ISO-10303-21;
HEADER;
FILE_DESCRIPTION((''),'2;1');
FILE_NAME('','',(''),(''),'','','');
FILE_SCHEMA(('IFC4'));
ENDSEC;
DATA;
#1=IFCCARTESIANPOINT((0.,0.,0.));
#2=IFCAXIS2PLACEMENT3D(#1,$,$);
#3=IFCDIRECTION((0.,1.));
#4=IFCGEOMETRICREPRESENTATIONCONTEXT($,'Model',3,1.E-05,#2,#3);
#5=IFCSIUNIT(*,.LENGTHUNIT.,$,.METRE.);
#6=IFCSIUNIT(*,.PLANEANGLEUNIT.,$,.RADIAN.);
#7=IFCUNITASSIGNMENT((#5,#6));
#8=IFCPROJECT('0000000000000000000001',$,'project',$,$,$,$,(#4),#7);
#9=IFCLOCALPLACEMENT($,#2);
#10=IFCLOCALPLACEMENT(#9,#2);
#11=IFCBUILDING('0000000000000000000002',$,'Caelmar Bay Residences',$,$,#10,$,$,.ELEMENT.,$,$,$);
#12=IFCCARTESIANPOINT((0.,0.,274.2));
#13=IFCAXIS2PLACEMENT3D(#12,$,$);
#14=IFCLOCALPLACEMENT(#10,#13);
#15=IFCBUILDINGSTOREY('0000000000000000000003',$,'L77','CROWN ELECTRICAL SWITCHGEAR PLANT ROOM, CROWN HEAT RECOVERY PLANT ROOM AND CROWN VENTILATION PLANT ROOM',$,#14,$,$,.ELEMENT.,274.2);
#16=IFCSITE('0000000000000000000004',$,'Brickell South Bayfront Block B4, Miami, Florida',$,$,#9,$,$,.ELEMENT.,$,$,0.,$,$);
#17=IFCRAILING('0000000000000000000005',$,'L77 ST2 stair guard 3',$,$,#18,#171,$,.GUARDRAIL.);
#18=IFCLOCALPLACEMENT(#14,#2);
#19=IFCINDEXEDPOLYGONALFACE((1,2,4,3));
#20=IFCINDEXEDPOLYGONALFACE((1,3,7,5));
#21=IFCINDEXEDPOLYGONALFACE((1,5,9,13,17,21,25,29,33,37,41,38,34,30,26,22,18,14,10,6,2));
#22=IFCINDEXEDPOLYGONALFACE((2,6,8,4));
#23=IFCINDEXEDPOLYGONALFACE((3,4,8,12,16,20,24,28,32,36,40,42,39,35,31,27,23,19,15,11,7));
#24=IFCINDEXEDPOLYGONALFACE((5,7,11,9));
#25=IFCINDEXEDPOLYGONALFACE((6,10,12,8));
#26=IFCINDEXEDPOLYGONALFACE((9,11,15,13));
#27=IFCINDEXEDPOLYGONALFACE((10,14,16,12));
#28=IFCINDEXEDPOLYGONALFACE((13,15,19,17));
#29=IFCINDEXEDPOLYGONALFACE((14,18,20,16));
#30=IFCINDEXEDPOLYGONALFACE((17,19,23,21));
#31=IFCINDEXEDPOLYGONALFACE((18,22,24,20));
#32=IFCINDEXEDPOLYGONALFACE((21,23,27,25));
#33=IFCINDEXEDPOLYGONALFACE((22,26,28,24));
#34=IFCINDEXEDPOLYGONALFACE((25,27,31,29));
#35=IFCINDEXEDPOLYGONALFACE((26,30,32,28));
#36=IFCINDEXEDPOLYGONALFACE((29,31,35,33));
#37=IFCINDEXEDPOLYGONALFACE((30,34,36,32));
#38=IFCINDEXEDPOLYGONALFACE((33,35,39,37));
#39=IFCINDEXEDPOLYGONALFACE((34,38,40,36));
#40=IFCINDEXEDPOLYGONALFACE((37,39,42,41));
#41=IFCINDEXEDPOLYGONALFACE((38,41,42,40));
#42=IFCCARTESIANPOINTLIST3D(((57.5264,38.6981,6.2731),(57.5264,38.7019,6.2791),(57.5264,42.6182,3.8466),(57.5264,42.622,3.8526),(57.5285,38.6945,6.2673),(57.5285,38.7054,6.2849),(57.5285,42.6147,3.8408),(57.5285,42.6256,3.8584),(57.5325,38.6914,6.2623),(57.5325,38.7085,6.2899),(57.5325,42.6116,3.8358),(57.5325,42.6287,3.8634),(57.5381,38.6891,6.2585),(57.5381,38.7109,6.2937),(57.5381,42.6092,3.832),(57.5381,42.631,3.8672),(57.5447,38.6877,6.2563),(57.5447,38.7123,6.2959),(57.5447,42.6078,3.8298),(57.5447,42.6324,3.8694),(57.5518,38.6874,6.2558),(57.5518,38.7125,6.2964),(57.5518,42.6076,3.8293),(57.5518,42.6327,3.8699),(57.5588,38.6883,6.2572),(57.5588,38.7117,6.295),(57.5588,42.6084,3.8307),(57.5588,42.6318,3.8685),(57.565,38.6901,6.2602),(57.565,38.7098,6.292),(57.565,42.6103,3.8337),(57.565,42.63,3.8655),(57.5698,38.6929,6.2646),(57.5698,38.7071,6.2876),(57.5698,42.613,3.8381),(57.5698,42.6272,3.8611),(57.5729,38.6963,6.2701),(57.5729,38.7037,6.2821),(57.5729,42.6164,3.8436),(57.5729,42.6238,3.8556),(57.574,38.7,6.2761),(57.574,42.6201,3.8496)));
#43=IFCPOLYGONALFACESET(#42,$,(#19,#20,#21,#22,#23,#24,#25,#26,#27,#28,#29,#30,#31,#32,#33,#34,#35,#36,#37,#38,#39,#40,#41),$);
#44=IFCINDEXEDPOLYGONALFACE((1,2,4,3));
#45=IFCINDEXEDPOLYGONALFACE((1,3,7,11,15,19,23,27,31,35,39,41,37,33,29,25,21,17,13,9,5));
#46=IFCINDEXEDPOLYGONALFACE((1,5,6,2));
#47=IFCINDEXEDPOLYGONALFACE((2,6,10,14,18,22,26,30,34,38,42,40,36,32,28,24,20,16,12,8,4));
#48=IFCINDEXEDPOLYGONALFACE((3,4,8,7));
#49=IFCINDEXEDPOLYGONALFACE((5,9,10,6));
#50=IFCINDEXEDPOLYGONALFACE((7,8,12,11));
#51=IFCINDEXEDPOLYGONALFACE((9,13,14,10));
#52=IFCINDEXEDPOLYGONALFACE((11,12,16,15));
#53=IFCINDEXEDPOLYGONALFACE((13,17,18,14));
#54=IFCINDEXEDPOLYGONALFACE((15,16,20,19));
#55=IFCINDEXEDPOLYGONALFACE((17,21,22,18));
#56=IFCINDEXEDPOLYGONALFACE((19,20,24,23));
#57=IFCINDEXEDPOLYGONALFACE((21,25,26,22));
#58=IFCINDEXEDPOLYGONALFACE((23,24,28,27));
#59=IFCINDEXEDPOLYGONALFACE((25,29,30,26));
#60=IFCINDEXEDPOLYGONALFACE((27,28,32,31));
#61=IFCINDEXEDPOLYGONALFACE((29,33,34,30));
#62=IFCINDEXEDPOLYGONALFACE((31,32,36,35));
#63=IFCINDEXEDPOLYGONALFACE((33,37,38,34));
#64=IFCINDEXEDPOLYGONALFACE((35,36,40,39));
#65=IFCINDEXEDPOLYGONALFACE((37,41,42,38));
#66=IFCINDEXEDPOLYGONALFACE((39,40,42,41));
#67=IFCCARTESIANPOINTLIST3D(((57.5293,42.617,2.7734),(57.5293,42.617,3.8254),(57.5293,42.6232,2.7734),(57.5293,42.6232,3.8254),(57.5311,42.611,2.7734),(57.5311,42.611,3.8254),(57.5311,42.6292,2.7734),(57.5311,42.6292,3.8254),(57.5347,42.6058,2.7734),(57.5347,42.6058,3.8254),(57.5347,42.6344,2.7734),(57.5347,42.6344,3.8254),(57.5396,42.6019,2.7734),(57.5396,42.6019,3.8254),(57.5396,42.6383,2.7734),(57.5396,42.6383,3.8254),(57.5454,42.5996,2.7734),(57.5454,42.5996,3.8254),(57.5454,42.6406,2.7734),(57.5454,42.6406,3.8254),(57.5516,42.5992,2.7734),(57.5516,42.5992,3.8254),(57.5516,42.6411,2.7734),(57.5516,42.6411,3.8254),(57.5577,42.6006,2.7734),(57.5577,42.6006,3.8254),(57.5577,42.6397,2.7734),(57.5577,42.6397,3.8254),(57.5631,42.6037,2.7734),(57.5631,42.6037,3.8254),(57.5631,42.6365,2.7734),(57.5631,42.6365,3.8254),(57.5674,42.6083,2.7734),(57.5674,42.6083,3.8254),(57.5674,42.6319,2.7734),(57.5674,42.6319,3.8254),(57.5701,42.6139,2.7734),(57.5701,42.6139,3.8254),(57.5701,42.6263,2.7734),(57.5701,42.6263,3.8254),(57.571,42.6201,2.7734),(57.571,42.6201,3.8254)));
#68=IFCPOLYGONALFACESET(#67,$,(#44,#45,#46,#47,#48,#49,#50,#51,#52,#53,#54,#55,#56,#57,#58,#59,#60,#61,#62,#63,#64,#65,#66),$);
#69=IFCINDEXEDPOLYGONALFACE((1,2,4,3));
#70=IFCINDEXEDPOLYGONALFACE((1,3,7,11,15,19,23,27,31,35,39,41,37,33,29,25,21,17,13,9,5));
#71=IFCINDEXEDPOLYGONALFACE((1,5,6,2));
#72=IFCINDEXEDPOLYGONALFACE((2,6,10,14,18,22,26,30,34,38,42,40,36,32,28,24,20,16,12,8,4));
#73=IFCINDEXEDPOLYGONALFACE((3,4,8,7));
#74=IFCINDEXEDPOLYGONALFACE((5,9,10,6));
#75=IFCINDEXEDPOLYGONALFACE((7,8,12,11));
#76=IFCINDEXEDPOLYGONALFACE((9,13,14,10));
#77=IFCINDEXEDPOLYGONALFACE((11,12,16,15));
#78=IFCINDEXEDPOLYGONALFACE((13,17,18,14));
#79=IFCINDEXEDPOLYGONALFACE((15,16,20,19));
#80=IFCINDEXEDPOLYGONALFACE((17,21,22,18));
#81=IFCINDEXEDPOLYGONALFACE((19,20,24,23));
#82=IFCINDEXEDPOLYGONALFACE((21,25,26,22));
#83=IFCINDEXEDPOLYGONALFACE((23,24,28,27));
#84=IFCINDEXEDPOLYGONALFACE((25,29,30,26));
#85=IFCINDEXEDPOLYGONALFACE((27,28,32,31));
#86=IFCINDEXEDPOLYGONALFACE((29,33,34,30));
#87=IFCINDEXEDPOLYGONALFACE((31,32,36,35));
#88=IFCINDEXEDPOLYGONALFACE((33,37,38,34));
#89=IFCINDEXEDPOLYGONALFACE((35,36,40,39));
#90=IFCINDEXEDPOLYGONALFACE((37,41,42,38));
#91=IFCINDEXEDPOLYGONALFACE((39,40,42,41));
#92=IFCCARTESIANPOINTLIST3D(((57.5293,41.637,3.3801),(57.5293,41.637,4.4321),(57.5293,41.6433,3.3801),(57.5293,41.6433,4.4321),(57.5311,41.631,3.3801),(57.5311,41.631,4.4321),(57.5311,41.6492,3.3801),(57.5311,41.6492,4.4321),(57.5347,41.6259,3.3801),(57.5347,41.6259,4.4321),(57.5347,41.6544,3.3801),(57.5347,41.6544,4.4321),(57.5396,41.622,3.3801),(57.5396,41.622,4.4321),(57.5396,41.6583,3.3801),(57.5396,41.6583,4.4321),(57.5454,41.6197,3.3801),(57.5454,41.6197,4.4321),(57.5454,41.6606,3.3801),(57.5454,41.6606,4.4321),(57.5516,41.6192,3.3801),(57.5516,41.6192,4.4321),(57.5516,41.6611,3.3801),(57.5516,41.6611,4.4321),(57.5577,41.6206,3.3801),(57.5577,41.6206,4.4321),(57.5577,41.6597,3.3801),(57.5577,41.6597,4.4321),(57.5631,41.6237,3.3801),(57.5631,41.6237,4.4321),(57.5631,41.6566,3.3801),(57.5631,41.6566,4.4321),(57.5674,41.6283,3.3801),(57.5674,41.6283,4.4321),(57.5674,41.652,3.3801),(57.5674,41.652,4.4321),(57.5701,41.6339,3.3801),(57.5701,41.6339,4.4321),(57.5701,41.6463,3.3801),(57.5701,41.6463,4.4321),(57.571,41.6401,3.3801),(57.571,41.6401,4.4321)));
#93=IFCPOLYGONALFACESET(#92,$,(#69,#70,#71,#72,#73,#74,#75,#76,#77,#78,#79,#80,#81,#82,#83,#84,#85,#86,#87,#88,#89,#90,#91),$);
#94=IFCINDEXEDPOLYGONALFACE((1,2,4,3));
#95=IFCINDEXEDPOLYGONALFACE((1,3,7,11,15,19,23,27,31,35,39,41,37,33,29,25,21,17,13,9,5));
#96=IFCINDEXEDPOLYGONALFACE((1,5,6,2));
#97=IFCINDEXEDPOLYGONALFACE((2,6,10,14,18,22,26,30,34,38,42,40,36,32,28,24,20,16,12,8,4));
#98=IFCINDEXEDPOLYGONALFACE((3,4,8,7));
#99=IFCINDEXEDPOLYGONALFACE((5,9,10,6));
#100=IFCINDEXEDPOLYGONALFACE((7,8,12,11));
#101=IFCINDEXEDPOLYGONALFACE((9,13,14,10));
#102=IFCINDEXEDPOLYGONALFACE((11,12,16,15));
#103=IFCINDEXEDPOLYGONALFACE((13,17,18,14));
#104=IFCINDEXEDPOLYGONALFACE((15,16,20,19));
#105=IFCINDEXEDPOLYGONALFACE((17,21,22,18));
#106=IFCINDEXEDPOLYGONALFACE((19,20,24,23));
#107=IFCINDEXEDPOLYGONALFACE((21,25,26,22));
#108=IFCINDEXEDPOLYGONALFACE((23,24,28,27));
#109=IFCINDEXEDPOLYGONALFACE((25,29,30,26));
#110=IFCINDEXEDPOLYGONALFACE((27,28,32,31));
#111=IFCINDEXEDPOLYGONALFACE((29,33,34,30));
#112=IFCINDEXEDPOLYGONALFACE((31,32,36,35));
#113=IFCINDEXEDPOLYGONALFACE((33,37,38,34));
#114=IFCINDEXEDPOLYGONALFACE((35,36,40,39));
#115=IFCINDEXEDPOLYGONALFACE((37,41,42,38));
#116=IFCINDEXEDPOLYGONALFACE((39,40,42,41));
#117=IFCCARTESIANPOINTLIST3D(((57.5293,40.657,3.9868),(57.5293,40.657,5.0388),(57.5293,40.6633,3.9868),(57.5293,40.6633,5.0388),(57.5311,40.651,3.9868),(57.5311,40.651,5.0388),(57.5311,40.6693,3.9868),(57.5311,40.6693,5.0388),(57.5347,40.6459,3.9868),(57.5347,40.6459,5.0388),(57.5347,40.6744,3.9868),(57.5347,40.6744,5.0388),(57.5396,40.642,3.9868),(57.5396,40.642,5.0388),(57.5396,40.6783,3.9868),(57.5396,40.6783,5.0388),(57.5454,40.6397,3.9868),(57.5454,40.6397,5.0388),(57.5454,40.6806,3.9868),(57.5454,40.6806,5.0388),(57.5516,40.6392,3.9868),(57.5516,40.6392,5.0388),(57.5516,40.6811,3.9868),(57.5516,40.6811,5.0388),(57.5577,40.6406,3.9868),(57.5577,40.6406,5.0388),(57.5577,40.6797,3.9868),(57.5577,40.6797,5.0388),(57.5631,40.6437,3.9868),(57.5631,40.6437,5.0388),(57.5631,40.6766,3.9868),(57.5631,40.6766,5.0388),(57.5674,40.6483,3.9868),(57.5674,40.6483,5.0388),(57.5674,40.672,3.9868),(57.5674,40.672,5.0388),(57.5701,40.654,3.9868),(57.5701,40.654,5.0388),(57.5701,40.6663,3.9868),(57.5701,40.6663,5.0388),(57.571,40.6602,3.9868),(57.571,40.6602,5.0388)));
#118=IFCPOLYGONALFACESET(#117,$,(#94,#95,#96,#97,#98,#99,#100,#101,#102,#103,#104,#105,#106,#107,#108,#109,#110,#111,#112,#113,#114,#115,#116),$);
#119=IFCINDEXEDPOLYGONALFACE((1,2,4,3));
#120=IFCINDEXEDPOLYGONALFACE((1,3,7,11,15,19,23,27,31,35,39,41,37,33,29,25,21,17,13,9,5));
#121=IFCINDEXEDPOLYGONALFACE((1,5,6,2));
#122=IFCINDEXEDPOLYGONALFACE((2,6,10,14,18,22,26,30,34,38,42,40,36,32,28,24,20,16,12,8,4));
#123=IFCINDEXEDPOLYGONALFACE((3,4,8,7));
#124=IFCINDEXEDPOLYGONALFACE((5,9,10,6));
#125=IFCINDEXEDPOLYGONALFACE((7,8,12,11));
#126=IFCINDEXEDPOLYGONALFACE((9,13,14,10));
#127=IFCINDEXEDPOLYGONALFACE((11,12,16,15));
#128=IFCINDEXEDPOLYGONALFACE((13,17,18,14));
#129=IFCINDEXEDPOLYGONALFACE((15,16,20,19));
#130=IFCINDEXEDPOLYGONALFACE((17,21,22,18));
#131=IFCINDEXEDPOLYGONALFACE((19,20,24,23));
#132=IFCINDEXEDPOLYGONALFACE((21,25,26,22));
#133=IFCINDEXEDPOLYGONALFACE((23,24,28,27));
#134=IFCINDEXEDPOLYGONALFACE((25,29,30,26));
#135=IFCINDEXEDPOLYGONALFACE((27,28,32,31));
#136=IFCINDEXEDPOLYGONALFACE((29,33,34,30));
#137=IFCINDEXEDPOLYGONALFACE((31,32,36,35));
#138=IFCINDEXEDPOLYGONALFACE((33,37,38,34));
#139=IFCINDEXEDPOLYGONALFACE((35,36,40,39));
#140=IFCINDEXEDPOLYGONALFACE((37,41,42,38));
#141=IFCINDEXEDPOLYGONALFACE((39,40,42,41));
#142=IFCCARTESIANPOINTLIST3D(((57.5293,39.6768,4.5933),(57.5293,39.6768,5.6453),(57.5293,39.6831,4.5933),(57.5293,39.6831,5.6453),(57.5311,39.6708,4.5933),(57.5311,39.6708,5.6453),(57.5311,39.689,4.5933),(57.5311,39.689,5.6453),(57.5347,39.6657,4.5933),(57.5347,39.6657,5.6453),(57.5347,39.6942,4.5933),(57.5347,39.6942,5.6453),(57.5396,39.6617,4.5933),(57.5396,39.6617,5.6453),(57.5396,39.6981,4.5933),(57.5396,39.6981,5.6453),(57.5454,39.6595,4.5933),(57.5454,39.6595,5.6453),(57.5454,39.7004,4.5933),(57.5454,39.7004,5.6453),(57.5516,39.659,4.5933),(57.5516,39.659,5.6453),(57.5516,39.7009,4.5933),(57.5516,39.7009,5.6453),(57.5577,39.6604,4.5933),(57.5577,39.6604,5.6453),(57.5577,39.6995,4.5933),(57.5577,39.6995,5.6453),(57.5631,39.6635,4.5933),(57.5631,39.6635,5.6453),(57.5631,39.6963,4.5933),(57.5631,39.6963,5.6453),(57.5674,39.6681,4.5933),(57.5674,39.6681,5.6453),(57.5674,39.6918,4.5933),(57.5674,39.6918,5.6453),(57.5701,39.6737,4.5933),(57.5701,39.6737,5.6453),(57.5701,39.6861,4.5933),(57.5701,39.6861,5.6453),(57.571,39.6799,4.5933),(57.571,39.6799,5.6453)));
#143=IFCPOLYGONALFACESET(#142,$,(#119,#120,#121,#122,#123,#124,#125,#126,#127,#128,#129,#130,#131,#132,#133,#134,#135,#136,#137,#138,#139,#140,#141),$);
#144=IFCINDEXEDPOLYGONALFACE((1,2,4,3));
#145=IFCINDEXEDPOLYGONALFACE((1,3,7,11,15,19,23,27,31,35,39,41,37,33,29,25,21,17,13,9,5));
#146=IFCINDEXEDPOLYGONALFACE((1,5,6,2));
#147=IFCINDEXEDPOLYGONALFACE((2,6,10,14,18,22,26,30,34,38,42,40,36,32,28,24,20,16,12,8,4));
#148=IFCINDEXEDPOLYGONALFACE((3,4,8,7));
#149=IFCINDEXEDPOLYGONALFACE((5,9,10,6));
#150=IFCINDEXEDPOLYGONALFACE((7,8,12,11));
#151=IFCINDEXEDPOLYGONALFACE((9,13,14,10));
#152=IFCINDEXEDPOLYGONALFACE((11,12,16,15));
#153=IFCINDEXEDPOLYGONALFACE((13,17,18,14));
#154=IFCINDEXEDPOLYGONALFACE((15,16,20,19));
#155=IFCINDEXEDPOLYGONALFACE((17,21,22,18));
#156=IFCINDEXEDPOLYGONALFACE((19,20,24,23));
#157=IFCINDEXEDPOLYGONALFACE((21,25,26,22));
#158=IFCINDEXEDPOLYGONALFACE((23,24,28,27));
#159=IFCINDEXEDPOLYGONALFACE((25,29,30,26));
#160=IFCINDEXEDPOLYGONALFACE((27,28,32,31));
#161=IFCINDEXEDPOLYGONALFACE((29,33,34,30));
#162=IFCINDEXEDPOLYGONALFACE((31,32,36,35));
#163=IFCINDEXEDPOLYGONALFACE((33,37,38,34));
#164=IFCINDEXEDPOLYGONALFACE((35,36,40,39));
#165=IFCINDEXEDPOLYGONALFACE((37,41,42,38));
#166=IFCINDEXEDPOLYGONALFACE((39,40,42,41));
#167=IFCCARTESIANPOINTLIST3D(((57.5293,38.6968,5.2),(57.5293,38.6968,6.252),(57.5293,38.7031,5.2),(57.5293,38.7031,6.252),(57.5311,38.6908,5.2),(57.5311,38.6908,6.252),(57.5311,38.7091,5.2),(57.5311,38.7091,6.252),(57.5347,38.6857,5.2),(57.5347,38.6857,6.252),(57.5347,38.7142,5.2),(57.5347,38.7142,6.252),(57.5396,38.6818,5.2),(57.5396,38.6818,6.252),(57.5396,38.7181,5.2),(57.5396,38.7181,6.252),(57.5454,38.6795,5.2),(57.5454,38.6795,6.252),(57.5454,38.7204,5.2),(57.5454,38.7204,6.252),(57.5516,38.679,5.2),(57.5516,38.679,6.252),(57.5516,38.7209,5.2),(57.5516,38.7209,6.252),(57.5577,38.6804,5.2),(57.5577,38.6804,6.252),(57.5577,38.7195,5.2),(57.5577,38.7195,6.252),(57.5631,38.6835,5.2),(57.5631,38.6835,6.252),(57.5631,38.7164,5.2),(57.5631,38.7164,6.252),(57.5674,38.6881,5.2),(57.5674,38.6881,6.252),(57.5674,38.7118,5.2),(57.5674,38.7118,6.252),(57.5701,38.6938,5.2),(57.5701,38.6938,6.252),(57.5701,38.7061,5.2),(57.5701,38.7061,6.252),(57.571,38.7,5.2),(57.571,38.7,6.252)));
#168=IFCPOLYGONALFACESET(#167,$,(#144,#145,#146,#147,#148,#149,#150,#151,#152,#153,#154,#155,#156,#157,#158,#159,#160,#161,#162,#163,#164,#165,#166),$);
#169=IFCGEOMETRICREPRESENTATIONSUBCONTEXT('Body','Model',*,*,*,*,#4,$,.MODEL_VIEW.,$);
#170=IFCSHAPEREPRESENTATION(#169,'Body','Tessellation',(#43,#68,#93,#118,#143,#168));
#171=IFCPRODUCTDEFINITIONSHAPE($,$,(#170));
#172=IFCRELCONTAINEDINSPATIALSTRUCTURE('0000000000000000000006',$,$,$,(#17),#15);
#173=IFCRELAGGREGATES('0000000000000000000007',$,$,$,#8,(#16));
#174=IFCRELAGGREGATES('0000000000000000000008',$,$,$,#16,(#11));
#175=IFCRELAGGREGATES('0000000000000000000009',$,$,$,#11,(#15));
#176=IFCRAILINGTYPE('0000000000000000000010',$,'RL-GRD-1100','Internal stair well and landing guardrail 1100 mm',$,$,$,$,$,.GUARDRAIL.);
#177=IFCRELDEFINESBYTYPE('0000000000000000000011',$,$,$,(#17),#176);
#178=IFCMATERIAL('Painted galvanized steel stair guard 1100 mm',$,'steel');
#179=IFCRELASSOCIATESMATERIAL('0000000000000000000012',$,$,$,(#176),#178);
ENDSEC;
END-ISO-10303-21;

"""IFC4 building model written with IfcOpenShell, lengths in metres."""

from ifc_helpers import new_model, si_unit, direction, frame, origin, origin_2d, place, context, subcontext, project, spatial, circle, extrude, material, type_object, element, save


model = new_model("IFC4")

# Units and contexts
model_context = context("Model", 3, precision=1e-05, world=origin(), true_north=direction((0.0, 1.0)))
body_context = subcontext(model_context, "Body", "Model", "MODEL_VIEW")
ifc_project = project(units=[si_unit("LENGTHUNIT", "METRE"), si_unit("PLANEANGLEUNIT", "RADIAN")], contexts=[model_context])

# Site, building, storey
site_placement = place(None, origin())
site = spatial("IfcSite", under=ifc_project, at=site_placement, Name="Brickell South Bayfront Block B4, Miami, Florida", CompositionType="ELEMENT", RefElevation=0.0)
building_placement = place(site_placement, origin())
building = spatial("IfcBuilding", under=site, at=building_placement, Name="Caelmar Bay Residences", CompositionType="ELEMENT")
storey_placement = place(building_placement, frame((0.0, 0.0, 274.2)))
storey = spatial("IfcBuildingStorey", under=building, at=storey_placement, Name="L77", Description="CROWN ELECTRICAL SWITCHGEAR PLANT ROOM, CROWN HEAT RECOVERY PLANT ROOM AND CROWN VENTILATION PLANT ROOM", CompositionType="ELEMENT", Elevation=274.2)

# Railing
ifc_material_1 = material(Name="Painted galvanized steel stair guard 1100 mm", Category="steel")
railing_type_1 = type_object("IfcRailingType", Name="RL-GRD-1100", Description="Internal stair well and landing guardrail 1100 mm", PredefinedType="GUARDRAIL", material=ifc_material_1)
railing_1_placement = place(storey_placement, frame((57.55, 42.6201, 2.7734)))
element("IfcRailing", 1, at=railing_1_placement, inside=storey, type_object=railing_type_1, Name="L77 ST2 stair guard 3", PredefinedType="GUARDRAIL", context=body_context, shape_type="SweptSolid", body=[
    extrude(circle(Radius=0.0239, at=origin_2d()), frame((0.0, 0.0, 1.0762), z_axis=(0.0, -0.85029, 0.526315), x_axis=(1.0, 0.0, 0.0)), (0.0, 0.0, 1.0), 4.6104),
    extrude(circle(Radius=0.021, at=origin_2d()), origin(), (0.0, 0.0, 1.0), 1.052),
    extrude(circle(Radius=0.021, at=origin_2d()), frame((0.0, -0.98, 0.6067)), (0.0, 0.0, 1.0), 1.052),
    extrude(circle(Radius=0.021, at=origin_2d()), frame((0.0, -1.96, 1.2134)), (0.0, 0.0, 1.0), 1.052),
    extrude(circle(Radius=0.021, at=origin_2d()), frame((0.0, -2.9402, 1.8198)), (0.0, 0.0, 1.0), 1.052),
    extrude(circle(Radius=0.021, at=origin_2d()), frame((0.0, -3.9202, 2.4265)), (0.0, 0.0, 1.0), 1.052),
])

save(model, "model.ifc")
